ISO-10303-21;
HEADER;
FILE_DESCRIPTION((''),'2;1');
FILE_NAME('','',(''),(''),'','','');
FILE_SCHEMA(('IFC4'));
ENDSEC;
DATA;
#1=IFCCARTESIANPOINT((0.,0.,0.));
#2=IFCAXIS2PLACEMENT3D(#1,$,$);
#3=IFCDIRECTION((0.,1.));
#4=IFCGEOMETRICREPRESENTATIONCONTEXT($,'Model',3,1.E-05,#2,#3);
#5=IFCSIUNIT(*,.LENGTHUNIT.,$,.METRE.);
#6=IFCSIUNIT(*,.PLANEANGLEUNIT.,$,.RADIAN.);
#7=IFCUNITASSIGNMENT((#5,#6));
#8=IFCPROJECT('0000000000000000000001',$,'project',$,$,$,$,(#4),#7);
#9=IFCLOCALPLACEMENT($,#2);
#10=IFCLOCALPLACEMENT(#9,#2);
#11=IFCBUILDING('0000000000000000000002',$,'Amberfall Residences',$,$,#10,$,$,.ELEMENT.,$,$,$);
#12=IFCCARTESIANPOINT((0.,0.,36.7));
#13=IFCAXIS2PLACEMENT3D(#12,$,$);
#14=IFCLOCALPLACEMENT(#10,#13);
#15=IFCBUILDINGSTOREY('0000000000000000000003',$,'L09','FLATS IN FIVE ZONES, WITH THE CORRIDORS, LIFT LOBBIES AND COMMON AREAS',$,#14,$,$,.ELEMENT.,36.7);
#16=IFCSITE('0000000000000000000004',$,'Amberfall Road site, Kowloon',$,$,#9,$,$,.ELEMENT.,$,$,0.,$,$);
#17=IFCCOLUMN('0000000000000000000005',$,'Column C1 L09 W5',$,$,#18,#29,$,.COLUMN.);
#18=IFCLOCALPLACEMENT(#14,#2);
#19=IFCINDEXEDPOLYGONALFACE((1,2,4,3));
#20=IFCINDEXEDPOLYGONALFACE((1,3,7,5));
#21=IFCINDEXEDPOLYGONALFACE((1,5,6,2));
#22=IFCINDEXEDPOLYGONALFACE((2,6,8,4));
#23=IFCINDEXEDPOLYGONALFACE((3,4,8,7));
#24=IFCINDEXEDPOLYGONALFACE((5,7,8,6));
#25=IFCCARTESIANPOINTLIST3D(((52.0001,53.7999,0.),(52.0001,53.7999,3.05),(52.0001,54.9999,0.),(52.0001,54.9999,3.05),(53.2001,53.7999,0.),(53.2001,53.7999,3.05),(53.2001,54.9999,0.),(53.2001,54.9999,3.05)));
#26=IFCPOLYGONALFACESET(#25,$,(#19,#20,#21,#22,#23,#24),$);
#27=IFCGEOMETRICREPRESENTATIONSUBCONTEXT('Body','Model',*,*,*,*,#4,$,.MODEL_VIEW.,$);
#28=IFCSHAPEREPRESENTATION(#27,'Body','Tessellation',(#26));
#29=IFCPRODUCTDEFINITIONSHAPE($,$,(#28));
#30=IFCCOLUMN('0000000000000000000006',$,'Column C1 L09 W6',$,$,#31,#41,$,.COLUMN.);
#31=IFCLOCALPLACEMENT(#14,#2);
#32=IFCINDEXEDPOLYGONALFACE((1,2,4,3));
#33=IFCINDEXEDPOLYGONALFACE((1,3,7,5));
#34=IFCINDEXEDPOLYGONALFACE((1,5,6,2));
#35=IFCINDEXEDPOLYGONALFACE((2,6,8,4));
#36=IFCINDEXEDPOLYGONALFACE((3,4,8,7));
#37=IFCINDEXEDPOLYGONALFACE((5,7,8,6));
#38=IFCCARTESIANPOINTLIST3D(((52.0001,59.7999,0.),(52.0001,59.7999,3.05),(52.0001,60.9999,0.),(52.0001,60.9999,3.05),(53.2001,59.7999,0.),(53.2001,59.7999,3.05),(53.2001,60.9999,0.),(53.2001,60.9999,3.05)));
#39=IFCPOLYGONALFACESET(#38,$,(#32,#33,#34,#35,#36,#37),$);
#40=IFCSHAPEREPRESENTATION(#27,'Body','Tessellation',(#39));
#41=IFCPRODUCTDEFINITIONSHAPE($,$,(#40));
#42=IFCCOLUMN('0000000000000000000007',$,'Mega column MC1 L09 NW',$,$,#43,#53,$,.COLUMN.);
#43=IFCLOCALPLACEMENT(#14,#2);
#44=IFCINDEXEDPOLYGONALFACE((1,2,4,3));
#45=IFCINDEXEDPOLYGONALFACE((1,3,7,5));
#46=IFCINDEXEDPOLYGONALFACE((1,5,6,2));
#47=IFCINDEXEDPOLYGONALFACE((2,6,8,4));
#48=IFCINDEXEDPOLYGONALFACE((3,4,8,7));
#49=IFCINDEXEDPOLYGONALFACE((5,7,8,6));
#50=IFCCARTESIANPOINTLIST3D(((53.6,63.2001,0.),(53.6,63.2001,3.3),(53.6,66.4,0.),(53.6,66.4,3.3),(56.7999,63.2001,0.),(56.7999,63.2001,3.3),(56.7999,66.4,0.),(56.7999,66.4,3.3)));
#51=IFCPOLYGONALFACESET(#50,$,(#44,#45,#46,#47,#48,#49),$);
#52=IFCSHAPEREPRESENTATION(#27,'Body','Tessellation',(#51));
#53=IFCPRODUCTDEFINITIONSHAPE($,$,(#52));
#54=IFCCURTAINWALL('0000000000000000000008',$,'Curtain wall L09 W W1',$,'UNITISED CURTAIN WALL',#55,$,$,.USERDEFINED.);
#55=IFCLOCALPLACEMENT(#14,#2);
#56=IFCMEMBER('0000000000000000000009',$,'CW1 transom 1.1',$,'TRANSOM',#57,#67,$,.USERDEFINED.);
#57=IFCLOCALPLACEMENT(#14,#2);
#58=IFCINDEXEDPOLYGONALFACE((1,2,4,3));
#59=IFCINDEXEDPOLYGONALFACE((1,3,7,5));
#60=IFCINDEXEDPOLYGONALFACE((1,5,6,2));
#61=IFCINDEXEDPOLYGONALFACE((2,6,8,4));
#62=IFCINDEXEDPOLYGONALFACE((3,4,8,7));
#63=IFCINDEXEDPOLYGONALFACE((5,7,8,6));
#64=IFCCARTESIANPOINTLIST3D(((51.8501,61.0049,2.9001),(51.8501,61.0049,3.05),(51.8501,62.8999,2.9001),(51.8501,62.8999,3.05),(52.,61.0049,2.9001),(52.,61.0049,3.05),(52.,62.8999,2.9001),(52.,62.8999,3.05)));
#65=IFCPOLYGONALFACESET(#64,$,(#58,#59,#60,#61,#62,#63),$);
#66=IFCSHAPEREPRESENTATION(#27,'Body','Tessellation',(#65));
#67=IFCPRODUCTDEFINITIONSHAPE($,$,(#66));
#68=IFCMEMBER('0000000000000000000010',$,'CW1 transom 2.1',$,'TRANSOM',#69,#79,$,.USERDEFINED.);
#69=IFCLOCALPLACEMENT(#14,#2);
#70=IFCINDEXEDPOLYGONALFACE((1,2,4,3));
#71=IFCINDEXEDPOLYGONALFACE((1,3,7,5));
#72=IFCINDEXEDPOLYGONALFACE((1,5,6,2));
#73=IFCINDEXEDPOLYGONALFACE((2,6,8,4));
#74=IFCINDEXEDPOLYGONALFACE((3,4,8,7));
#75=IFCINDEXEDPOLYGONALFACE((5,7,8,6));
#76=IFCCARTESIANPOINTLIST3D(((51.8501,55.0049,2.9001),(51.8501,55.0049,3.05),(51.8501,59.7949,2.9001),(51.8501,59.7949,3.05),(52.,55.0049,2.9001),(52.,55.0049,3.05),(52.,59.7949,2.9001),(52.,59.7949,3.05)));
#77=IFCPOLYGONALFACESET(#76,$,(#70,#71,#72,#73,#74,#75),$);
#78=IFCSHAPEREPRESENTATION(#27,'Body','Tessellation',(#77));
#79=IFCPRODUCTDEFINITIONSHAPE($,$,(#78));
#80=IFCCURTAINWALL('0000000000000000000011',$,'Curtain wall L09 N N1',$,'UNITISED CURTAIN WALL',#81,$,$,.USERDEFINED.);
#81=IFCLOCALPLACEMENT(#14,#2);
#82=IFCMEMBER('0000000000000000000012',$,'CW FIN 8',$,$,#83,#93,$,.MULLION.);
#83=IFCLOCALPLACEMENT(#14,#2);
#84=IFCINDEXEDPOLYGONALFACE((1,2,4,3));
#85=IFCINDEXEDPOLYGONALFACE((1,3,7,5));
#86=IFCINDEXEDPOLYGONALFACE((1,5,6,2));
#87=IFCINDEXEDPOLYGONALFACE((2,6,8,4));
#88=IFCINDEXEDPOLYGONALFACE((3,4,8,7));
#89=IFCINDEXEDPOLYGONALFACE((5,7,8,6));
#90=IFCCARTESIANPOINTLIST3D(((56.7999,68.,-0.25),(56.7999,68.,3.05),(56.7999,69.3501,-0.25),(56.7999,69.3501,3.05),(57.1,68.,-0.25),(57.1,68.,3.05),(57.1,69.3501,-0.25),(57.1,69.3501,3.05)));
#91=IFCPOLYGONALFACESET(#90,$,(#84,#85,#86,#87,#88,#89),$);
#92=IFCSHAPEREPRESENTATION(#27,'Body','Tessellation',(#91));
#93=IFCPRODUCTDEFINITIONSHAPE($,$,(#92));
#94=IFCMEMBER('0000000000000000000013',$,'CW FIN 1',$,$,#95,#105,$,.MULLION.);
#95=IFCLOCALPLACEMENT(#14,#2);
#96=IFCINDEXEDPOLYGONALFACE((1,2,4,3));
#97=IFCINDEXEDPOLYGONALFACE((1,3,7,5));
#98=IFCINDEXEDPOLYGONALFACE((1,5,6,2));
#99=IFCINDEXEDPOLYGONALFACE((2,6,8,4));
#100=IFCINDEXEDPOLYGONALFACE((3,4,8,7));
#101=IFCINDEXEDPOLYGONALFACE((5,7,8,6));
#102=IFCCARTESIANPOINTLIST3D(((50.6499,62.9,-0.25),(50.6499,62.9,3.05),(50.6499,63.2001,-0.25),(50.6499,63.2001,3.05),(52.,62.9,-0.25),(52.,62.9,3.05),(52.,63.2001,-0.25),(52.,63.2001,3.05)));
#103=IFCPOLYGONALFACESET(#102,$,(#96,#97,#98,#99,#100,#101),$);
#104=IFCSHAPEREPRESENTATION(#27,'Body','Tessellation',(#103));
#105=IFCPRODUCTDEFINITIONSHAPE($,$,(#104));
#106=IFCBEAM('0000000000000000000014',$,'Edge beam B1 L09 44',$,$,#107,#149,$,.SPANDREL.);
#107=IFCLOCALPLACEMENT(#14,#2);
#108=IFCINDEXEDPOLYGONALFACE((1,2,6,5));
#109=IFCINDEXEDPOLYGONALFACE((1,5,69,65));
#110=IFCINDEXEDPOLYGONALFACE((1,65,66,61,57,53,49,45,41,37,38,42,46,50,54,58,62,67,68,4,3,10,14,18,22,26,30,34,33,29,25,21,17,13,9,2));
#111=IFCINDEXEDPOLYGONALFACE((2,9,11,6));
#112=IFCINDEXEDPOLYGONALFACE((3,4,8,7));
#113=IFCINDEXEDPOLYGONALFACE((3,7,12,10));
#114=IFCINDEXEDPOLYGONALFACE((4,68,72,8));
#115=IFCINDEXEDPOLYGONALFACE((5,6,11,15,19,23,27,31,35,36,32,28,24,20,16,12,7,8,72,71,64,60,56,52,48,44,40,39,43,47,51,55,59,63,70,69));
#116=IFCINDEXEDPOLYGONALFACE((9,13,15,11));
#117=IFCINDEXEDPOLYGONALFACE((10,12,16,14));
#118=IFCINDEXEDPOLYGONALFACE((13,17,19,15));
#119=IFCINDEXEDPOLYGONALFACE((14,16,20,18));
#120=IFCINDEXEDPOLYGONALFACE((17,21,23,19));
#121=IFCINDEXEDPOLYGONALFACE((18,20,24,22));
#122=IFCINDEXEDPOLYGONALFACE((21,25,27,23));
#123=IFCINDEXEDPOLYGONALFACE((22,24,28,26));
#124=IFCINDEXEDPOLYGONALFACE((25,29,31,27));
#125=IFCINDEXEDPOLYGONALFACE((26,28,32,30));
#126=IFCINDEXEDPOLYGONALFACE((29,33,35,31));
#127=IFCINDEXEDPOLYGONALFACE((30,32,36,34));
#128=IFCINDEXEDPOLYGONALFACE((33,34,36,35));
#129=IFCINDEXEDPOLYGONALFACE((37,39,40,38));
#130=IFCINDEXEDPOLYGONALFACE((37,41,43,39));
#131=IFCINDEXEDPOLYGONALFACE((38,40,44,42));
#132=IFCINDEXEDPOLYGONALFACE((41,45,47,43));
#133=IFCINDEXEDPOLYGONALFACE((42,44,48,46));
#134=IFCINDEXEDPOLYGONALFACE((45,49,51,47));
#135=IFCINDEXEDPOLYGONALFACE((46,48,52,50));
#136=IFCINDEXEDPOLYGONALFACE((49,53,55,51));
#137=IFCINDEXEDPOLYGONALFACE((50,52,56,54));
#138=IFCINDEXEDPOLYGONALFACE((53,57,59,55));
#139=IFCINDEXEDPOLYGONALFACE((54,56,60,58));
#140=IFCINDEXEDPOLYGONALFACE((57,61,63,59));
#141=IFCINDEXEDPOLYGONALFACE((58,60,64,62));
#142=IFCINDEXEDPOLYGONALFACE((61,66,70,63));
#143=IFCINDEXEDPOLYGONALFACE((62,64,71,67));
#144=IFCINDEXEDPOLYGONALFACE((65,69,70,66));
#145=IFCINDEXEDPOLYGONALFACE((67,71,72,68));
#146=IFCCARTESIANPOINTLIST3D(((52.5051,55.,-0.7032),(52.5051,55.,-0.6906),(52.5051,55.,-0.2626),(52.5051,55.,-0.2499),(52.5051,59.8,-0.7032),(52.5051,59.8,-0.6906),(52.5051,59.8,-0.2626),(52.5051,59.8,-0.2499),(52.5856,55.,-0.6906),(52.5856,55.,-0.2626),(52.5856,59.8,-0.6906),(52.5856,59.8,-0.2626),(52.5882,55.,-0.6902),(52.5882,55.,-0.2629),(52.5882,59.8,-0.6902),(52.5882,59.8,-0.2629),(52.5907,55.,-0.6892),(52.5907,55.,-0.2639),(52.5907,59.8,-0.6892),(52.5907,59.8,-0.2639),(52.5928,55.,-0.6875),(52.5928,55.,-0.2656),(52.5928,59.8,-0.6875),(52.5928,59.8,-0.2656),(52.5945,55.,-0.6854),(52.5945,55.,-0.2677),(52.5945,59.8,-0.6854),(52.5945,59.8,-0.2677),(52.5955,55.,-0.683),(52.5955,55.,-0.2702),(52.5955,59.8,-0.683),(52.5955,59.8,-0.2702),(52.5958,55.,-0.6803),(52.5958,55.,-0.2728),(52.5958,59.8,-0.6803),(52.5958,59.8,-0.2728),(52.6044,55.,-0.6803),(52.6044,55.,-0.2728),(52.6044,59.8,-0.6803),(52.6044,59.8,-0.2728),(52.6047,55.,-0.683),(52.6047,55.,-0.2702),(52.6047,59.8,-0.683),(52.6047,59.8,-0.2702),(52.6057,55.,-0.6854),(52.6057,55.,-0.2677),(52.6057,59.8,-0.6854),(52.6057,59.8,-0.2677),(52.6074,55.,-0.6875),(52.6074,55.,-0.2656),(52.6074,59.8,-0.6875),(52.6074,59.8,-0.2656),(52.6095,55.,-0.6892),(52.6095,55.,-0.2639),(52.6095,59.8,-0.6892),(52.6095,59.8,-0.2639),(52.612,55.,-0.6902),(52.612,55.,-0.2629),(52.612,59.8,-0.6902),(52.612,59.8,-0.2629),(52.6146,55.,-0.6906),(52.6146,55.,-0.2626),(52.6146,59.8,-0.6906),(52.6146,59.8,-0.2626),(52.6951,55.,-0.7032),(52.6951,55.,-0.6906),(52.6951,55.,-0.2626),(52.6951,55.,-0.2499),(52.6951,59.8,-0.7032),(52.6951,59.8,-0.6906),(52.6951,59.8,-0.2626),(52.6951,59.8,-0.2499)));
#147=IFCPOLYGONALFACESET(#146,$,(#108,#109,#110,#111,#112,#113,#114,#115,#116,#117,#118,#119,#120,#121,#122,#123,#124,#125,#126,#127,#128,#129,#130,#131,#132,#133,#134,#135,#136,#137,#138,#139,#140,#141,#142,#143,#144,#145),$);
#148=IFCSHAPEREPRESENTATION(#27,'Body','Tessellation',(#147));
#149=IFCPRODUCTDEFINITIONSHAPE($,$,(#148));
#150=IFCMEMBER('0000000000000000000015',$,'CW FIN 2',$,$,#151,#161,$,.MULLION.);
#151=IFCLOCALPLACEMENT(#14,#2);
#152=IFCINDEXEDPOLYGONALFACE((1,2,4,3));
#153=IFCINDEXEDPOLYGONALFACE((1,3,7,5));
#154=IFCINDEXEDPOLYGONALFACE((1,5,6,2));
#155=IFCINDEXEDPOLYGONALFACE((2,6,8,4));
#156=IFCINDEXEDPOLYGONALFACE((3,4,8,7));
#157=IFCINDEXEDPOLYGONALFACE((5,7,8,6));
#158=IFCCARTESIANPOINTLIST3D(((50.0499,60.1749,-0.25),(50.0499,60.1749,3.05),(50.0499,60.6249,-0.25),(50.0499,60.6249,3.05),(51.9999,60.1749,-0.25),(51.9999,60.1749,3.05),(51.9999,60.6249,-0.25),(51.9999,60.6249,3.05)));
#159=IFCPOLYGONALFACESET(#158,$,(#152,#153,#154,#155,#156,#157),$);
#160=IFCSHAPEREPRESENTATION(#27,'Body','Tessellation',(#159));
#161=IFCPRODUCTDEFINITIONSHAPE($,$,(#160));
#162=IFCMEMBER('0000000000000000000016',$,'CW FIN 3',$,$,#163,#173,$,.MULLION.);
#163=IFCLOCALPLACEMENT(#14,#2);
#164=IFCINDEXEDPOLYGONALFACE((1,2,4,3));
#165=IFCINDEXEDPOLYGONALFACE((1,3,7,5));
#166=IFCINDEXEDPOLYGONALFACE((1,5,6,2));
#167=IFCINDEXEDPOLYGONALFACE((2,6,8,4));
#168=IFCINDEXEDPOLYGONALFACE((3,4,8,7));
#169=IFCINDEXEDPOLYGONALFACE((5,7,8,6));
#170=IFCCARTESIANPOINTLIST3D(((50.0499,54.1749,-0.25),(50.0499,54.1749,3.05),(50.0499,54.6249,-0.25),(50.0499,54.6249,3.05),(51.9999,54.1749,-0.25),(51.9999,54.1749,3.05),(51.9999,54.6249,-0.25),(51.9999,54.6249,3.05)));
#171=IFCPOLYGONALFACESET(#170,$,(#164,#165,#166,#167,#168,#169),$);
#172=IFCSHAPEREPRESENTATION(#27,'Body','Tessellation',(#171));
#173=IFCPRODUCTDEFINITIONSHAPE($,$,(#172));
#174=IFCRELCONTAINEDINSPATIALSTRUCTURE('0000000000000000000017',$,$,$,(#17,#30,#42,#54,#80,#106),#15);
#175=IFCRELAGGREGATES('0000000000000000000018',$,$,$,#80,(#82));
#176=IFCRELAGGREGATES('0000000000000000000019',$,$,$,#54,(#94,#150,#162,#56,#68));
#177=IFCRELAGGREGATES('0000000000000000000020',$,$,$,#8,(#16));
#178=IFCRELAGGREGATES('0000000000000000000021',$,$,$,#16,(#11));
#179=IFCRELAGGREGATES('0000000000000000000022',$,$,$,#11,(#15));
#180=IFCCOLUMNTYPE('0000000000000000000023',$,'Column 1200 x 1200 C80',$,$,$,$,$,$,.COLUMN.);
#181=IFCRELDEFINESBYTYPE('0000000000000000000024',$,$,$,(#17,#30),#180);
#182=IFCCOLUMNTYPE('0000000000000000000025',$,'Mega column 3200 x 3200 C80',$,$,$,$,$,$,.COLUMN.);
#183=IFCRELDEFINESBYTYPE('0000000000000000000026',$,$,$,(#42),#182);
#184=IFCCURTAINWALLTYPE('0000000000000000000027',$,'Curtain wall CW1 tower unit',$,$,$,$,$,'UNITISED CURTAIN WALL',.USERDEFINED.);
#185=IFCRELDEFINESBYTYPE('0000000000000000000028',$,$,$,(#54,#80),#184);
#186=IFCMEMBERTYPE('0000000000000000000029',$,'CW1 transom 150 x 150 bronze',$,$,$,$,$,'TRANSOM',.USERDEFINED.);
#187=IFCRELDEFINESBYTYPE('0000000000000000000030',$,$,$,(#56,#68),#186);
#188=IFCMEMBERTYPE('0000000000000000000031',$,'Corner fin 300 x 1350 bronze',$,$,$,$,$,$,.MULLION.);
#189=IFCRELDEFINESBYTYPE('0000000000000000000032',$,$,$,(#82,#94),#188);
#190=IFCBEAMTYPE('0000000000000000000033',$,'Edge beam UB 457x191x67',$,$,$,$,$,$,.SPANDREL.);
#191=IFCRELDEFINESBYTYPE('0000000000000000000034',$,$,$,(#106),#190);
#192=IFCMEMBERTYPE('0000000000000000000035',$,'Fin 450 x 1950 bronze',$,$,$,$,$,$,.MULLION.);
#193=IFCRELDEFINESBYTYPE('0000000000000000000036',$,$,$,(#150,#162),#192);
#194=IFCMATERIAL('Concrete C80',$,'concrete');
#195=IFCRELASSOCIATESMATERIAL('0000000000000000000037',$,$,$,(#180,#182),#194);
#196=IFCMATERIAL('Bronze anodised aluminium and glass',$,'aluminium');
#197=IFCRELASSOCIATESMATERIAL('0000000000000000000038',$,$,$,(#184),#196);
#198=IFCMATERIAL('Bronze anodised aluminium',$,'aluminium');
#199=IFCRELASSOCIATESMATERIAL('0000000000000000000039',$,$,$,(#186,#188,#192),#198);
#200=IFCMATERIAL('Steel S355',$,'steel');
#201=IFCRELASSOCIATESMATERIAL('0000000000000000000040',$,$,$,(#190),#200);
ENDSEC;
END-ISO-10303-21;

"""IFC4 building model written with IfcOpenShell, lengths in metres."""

from ifc_helpers import new_model, si_unit, direction, frame, origin, origin_2d, place, context, subcontext, project, spatial, rectangle, i_section, extrude, material, material_profile, profile_set, type_object, element, aggregate, save


model = new_model("IFC4")

# Units and contexts
model_context = context("Model", 3, precision=1e-05, world=origin(), true_north=direction((0.0, 1.0)))
body_context = subcontext(model_context, "Body", "Model", "MODEL_VIEW")
ifc_project = project(units=[si_unit("LENGTHUNIT", "METRE"), si_unit("PLANEANGLEUNIT", "RADIAN")], contexts=[model_context])

# Site, building, storey
site_placement = place(None, origin())
site = spatial("IfcSite", under=ifc_project, at=site_placement, Name="Amberfall Road site, Kowloon", CompositionType="ELEMENT", RefElevation=0.0)
building_placement = place(site_placement, origin())
building = spatial("IfcBuilding", under=site, at=building_placement, Name="Amberfall Residences", CompositionType="ELEMENT")
storey_placement = place(building_placement, frame((0.0, 0.0, 36.7)))
storey = spatial("IfcBuildingStorey", under=building, at=storey_placement, Name="L09", Description="FLATS IN FIVE ZONES, WITH THE CORRIDORS, LIFT LOBBIES AND COMMON AREAS", CompositionType="ELEMENT", Elevation=36.7)

# Columns
ifc_material_1 = material(Name="Concrete C80", Category="concrete")
ifc_material_profile_1 = material_profile(ifc_material_1, rectangle(XDim=1.2, YDim=1.2, at=origin_2d()), Name="Column 1200 x 1200 C80")
ifc_profile_set_1 = profile_set([ifc_material_profile_1], Name="Concrete C80")
column_type_1 = type_object("IfcColumnType", Name="Column 1200 x 1200 C80", PredefinedType="COLUMN", material=ifc_profile_set_1)
for number, where, z_axis, x_axis, name in (
    (1, (52.6001, 54.3999, 0.0), (0.0, 0.0, 1.0), (1.0, 0.0, 0.0), "Column C1 L09 W5"),
    (2, (52.6001, 60.3999, 0.0), (0.0, 0.0, 1.0), (1.0, 0.0, 0.0), "Column C1 L09 W6"),
):
    element("IfcColumn", number, at=place(storey_placement, frame(where, z_axis=z_axis, x_axis=x_axis)), inside=storey, type_object=column_type_1, Name=name, PredefinedType="COLUMN", context=body_context, shape_type="SweptSolid", body=[
        extrude(rectangle(XDim=1.2, YDim=1.2, at=origin_2d()), origin(), (0.0, 0.0, 1.0), 3.05),
    ])
ifc_material_profile_2 = material_profile(ifc_material_1, rectangle(XDim=3.2, YDim=3.2, at=origin_2d()), Name="Mega column 3200 x 3200 C80")
ifc_profile_set_2 = profile_set([ifc_material_profile_2], Name="Concrete C80")
column_type_2 = type_object("IfcColumnType", Name="Mega column 3200 x 3200 C80", PredefinedType="COLUMN", material=ifc_profile_set_2)
column_placement = place(storey_placement, frame((55.2, 64.8, 0.0), z_axis=(0.0, 0.0, 1.0), x_axis=(1.0, 0.0, 0.0)))
element("IfcColumn", 3, at=column_placement, inside=storey, type_object=column_type_2, Name="Mega column MC1 L09 NW", PredefinedType="COLUMN", context=body_context, shape_type="SweptSolid", body=[
    extrude(rectangle(XDim=3.2, YDim=3.2, at=origin_2d()), origin(), (0.0, 0.0, 1.0), 3.3),
])

# Curtain wall, members
ifc_material_2 = material(Name="Bronze anodised aluminium and glass", Category="aluminium")
curtain_wall_type = type_object("IfcCurtainWallType", Name="Curtain wall CW1 tower unit", ElementType="UNITISED CURTAIN WALL", PredefinedType="USERDEFINED", material=ifc_material_2)
curtain_wall_1_placement = place(storey_placement, origin())
curtain_wall_1 = element("IfcCurtainWall", 4, at=curtain_wall_1_placement, inside=storey, type_object=curtain_wall_type, Name="Curtain wall L09 W W1", ObjectType="UNITISED CURTAIN WALL", PredefinedType="USERDEFINED")
ifc_material_3 = material(Name="Bronze anodised aluminium", Category="aluminium")
ifc_material_profile_3 = material_profile(ifc_material_3, rectangle(XDim=0.1499, YDim=0.1499, at=origin_2d()), Name="CW1 transom 150 x 150 bronze")
ifc_profile_set_3 = profile_set([ifc_material_profile_3], Name="Bronze anodised aluminium")
member_type_1 = type_object("IfcMemberType", Name="CW1 transom 150 x 150 bronze", ElementType="TRANSOM", PredefinedType="USERDEFINED", material=ifc_profile_set_3)
member_1_placement = place(storey_placement, frame((51.925, 62.8999, 2.9751), z_axis=(0.0, -1.0, 0.0), x_axis=(1.0, 0.0, 0.0)))
member_1 = element("IfcMember", 5, at=member_1_placement, type_object=member_type_1, Name="CW1 transom 1.1", ObjectType="TRANSOM", PredefinedType="USERDEFINED", context=body_context, shape_type="SweptSolid", body=[
    extrude(rectangle(XDim=0.1499, YDim=0.1499, at=origin_2d()), origin(), (0.0, 0.0, 1.0), 1.895),
])
member_2_placement = place(storey_placement, frame((51.925, 59.7949, 2.9751), z_axis=(0.0, -1.0, 0.0), x_axis=(1.0, 0.0, 0.0)))
member_2 = element("IfcMember", 6, at=member_2_placement, type_object=member_type_1, Name="CW1 transom 2.1", ObjectType="TRANSOM", PredefinedType="USERDEFINED", context=body_context, shape_type="SweptSolid", body=[
    extrude(rectangle(XDim=0.1499, YDim=0.1499, at=origin_2d()), origin(), (0.0, 0.0, 1.0), 4.79),
])

# Curtain wall, member
curtain_wall_2_placement = place(storey_placement, origin())
curtain_wall_2 = element("IfcCurtainWall", 7, at=curtain_wall_2_placement, inside=storey, type_object=curtain_wall_type, Name="Curtain wall L09 N N1", ObjectType="UNITISED CURTAIN WALL", PredefinedType="USERDEFINED")
ifc_material_profile_4 = material_profile(ifc_material_3, rectangle(XDim=1.3501, YDim=0.3, at=origin_2d()), Name="Corner fin 300 x 1350 bronze")
ifc_profile_set_4 = profile_set([ifc_material_profile_4], Name="Bronze anodised aluminium")
member_type_2 = type_object("IfcMemberType", Name="Corner fin 300 x 1350 bronze", PredefinedType="MULLION", material=ifc_profile_set_4)
member_3_placement = place(storey_placement, frame((56.95, 68.675, -0.25), z_axis=(0.0, 0.0, 1.0), x_axis=(0.0, -1.0, 0.0)))
member_3 = element("IfcMember", 8, at=member_3_placement, type_object=member_type_2, Name="CW FIN 8", PredefinedType="MULLION", context=body_context, shape_type="SweptSolid", body=[
    extrude(rectangle(XDim=1.3501, YDim=0.3, at=origin_2d()), origin(), (0.0, 0.0, 1.0), 3.3),
])

# Member
member_4_placement = place(storey_placement, frame((51.325, 63.05, -0.25), z_axis=(0.0, 0.0, 1.0), x_axis=(1.0, 0.0, 0.0)))
member_4 = element("IfcMember", 9, at=member_4_placement, type_object=member_type_2, Name="CW FIN 1", PredefinedType="MULLION", context=body_context, shape_type="SweptSolid", body=[
    extrude(rectangle(XDim=1.3501, YDim=0.3, at=origin_2d()), origin(), (0.0, 0.0, 1.0), 3.3),
])

# Beam
ifc_material_4 = material(Name="Steel S355", Category="steel")
ifc_material_profile_5 = material_profile(ifc_material_4, i_section(OverallWidth=0.1899, OverallDepth=0.4534, WebThickness=0.0085, FlangeThickness=0.0127, FilletRadius=0.0103, at=origin_2d()), Name="UB 457x191x67")
ifc_profile_set_5 = profile_set([ifc_material_profile_5], Name="Steel S355")
beam_type_1 = type_object("IfcBeamType", Name="Edge beam UB 457x191x67", PredefinedType="SPANDREL", material=ifc_profile_set_5)
beam_1_placement = place(storey_placement, frame((52.6001, 55.0, -0.4766), z_axis=(0.0, 1.0, 0.0), x_axis=(-1.0, 0.0, 0.0)))
element("IfcBeam", 10, at=beam_1_placement, inside=storey, type_object=beam_type_1, Name="Edge beam B1 L09 44", PredefinedType="SPANDREL", context=body_context, shape_type="SweptSolid", body=[
    extrude(i_section(OverallWidth=0.1899, OverallDepth=0.4534, WebThickness=0.0085, FlangeThickness=0.0127, FilletRadius=0.0103, at=origin_2d()), origin(), (0.0, 0.0, 1.0), 4.8),
])

# Members
ifc_material_profile_6 = material_profile(ifc_material_3, rectangle(XDim=1.95, YDim=0.45, at=origin_2d()), Name="Fin 450 x 1950 bronze")
ifc_profile_set_6 = profile_set([ifc_material_profile_6], Name="Bronze anodised aluminium")
member_type_3 = type_object("IfcMemberType", Name="Fin 450 x 1950 bronze", PredefinedType="MULLION", material=ifc_profile_set_6)
member_5_placement = place(storey_placement, frame((51.0249, 60.3999, -0.25), z_axis=(0.0, 0.0, 1.0), x_axis=(1.0, 0.0, 0.0)))
member_5 = element("IfcMember", 11, at=member_5_placement, type_object=member_type_3, Name="CW FIN 2", PredefinedType="MULLION", context=body_context, shape_type="SweptSolid", body=[
    extrude(rectangle(XDim=1.95, YDim=0.45, at=origin_2d()), origin(), (0.0, 0.0, 1.0), 3.3),
])
member_6_placement = place(storey_placement, frame((51.0249, 54.3999, -0.25), z_axis=(0.0, 0.0, 1.0), x_axis=(1.0, 0.0, 0.0)))
member_6 = element("IfcMember", 12, at=member_6_placement, type_object=member_type_3, Name="CW FIN 3", PredefinedType="MULLION", context=body_context, shape_type="SweptSolid", body=[
    extrude(rectangle(XDim=1.95, YDim=0.45, at=origin_2d()), origin(), (0.0, 0.0, 1.0), 3.3),
])

aggregate(curtain_wall_2, [member_3])
aggregate(curtain_wall_1, [member_4, member_5, member_6, member_1, member_2])

save(model, "model.ifc")
